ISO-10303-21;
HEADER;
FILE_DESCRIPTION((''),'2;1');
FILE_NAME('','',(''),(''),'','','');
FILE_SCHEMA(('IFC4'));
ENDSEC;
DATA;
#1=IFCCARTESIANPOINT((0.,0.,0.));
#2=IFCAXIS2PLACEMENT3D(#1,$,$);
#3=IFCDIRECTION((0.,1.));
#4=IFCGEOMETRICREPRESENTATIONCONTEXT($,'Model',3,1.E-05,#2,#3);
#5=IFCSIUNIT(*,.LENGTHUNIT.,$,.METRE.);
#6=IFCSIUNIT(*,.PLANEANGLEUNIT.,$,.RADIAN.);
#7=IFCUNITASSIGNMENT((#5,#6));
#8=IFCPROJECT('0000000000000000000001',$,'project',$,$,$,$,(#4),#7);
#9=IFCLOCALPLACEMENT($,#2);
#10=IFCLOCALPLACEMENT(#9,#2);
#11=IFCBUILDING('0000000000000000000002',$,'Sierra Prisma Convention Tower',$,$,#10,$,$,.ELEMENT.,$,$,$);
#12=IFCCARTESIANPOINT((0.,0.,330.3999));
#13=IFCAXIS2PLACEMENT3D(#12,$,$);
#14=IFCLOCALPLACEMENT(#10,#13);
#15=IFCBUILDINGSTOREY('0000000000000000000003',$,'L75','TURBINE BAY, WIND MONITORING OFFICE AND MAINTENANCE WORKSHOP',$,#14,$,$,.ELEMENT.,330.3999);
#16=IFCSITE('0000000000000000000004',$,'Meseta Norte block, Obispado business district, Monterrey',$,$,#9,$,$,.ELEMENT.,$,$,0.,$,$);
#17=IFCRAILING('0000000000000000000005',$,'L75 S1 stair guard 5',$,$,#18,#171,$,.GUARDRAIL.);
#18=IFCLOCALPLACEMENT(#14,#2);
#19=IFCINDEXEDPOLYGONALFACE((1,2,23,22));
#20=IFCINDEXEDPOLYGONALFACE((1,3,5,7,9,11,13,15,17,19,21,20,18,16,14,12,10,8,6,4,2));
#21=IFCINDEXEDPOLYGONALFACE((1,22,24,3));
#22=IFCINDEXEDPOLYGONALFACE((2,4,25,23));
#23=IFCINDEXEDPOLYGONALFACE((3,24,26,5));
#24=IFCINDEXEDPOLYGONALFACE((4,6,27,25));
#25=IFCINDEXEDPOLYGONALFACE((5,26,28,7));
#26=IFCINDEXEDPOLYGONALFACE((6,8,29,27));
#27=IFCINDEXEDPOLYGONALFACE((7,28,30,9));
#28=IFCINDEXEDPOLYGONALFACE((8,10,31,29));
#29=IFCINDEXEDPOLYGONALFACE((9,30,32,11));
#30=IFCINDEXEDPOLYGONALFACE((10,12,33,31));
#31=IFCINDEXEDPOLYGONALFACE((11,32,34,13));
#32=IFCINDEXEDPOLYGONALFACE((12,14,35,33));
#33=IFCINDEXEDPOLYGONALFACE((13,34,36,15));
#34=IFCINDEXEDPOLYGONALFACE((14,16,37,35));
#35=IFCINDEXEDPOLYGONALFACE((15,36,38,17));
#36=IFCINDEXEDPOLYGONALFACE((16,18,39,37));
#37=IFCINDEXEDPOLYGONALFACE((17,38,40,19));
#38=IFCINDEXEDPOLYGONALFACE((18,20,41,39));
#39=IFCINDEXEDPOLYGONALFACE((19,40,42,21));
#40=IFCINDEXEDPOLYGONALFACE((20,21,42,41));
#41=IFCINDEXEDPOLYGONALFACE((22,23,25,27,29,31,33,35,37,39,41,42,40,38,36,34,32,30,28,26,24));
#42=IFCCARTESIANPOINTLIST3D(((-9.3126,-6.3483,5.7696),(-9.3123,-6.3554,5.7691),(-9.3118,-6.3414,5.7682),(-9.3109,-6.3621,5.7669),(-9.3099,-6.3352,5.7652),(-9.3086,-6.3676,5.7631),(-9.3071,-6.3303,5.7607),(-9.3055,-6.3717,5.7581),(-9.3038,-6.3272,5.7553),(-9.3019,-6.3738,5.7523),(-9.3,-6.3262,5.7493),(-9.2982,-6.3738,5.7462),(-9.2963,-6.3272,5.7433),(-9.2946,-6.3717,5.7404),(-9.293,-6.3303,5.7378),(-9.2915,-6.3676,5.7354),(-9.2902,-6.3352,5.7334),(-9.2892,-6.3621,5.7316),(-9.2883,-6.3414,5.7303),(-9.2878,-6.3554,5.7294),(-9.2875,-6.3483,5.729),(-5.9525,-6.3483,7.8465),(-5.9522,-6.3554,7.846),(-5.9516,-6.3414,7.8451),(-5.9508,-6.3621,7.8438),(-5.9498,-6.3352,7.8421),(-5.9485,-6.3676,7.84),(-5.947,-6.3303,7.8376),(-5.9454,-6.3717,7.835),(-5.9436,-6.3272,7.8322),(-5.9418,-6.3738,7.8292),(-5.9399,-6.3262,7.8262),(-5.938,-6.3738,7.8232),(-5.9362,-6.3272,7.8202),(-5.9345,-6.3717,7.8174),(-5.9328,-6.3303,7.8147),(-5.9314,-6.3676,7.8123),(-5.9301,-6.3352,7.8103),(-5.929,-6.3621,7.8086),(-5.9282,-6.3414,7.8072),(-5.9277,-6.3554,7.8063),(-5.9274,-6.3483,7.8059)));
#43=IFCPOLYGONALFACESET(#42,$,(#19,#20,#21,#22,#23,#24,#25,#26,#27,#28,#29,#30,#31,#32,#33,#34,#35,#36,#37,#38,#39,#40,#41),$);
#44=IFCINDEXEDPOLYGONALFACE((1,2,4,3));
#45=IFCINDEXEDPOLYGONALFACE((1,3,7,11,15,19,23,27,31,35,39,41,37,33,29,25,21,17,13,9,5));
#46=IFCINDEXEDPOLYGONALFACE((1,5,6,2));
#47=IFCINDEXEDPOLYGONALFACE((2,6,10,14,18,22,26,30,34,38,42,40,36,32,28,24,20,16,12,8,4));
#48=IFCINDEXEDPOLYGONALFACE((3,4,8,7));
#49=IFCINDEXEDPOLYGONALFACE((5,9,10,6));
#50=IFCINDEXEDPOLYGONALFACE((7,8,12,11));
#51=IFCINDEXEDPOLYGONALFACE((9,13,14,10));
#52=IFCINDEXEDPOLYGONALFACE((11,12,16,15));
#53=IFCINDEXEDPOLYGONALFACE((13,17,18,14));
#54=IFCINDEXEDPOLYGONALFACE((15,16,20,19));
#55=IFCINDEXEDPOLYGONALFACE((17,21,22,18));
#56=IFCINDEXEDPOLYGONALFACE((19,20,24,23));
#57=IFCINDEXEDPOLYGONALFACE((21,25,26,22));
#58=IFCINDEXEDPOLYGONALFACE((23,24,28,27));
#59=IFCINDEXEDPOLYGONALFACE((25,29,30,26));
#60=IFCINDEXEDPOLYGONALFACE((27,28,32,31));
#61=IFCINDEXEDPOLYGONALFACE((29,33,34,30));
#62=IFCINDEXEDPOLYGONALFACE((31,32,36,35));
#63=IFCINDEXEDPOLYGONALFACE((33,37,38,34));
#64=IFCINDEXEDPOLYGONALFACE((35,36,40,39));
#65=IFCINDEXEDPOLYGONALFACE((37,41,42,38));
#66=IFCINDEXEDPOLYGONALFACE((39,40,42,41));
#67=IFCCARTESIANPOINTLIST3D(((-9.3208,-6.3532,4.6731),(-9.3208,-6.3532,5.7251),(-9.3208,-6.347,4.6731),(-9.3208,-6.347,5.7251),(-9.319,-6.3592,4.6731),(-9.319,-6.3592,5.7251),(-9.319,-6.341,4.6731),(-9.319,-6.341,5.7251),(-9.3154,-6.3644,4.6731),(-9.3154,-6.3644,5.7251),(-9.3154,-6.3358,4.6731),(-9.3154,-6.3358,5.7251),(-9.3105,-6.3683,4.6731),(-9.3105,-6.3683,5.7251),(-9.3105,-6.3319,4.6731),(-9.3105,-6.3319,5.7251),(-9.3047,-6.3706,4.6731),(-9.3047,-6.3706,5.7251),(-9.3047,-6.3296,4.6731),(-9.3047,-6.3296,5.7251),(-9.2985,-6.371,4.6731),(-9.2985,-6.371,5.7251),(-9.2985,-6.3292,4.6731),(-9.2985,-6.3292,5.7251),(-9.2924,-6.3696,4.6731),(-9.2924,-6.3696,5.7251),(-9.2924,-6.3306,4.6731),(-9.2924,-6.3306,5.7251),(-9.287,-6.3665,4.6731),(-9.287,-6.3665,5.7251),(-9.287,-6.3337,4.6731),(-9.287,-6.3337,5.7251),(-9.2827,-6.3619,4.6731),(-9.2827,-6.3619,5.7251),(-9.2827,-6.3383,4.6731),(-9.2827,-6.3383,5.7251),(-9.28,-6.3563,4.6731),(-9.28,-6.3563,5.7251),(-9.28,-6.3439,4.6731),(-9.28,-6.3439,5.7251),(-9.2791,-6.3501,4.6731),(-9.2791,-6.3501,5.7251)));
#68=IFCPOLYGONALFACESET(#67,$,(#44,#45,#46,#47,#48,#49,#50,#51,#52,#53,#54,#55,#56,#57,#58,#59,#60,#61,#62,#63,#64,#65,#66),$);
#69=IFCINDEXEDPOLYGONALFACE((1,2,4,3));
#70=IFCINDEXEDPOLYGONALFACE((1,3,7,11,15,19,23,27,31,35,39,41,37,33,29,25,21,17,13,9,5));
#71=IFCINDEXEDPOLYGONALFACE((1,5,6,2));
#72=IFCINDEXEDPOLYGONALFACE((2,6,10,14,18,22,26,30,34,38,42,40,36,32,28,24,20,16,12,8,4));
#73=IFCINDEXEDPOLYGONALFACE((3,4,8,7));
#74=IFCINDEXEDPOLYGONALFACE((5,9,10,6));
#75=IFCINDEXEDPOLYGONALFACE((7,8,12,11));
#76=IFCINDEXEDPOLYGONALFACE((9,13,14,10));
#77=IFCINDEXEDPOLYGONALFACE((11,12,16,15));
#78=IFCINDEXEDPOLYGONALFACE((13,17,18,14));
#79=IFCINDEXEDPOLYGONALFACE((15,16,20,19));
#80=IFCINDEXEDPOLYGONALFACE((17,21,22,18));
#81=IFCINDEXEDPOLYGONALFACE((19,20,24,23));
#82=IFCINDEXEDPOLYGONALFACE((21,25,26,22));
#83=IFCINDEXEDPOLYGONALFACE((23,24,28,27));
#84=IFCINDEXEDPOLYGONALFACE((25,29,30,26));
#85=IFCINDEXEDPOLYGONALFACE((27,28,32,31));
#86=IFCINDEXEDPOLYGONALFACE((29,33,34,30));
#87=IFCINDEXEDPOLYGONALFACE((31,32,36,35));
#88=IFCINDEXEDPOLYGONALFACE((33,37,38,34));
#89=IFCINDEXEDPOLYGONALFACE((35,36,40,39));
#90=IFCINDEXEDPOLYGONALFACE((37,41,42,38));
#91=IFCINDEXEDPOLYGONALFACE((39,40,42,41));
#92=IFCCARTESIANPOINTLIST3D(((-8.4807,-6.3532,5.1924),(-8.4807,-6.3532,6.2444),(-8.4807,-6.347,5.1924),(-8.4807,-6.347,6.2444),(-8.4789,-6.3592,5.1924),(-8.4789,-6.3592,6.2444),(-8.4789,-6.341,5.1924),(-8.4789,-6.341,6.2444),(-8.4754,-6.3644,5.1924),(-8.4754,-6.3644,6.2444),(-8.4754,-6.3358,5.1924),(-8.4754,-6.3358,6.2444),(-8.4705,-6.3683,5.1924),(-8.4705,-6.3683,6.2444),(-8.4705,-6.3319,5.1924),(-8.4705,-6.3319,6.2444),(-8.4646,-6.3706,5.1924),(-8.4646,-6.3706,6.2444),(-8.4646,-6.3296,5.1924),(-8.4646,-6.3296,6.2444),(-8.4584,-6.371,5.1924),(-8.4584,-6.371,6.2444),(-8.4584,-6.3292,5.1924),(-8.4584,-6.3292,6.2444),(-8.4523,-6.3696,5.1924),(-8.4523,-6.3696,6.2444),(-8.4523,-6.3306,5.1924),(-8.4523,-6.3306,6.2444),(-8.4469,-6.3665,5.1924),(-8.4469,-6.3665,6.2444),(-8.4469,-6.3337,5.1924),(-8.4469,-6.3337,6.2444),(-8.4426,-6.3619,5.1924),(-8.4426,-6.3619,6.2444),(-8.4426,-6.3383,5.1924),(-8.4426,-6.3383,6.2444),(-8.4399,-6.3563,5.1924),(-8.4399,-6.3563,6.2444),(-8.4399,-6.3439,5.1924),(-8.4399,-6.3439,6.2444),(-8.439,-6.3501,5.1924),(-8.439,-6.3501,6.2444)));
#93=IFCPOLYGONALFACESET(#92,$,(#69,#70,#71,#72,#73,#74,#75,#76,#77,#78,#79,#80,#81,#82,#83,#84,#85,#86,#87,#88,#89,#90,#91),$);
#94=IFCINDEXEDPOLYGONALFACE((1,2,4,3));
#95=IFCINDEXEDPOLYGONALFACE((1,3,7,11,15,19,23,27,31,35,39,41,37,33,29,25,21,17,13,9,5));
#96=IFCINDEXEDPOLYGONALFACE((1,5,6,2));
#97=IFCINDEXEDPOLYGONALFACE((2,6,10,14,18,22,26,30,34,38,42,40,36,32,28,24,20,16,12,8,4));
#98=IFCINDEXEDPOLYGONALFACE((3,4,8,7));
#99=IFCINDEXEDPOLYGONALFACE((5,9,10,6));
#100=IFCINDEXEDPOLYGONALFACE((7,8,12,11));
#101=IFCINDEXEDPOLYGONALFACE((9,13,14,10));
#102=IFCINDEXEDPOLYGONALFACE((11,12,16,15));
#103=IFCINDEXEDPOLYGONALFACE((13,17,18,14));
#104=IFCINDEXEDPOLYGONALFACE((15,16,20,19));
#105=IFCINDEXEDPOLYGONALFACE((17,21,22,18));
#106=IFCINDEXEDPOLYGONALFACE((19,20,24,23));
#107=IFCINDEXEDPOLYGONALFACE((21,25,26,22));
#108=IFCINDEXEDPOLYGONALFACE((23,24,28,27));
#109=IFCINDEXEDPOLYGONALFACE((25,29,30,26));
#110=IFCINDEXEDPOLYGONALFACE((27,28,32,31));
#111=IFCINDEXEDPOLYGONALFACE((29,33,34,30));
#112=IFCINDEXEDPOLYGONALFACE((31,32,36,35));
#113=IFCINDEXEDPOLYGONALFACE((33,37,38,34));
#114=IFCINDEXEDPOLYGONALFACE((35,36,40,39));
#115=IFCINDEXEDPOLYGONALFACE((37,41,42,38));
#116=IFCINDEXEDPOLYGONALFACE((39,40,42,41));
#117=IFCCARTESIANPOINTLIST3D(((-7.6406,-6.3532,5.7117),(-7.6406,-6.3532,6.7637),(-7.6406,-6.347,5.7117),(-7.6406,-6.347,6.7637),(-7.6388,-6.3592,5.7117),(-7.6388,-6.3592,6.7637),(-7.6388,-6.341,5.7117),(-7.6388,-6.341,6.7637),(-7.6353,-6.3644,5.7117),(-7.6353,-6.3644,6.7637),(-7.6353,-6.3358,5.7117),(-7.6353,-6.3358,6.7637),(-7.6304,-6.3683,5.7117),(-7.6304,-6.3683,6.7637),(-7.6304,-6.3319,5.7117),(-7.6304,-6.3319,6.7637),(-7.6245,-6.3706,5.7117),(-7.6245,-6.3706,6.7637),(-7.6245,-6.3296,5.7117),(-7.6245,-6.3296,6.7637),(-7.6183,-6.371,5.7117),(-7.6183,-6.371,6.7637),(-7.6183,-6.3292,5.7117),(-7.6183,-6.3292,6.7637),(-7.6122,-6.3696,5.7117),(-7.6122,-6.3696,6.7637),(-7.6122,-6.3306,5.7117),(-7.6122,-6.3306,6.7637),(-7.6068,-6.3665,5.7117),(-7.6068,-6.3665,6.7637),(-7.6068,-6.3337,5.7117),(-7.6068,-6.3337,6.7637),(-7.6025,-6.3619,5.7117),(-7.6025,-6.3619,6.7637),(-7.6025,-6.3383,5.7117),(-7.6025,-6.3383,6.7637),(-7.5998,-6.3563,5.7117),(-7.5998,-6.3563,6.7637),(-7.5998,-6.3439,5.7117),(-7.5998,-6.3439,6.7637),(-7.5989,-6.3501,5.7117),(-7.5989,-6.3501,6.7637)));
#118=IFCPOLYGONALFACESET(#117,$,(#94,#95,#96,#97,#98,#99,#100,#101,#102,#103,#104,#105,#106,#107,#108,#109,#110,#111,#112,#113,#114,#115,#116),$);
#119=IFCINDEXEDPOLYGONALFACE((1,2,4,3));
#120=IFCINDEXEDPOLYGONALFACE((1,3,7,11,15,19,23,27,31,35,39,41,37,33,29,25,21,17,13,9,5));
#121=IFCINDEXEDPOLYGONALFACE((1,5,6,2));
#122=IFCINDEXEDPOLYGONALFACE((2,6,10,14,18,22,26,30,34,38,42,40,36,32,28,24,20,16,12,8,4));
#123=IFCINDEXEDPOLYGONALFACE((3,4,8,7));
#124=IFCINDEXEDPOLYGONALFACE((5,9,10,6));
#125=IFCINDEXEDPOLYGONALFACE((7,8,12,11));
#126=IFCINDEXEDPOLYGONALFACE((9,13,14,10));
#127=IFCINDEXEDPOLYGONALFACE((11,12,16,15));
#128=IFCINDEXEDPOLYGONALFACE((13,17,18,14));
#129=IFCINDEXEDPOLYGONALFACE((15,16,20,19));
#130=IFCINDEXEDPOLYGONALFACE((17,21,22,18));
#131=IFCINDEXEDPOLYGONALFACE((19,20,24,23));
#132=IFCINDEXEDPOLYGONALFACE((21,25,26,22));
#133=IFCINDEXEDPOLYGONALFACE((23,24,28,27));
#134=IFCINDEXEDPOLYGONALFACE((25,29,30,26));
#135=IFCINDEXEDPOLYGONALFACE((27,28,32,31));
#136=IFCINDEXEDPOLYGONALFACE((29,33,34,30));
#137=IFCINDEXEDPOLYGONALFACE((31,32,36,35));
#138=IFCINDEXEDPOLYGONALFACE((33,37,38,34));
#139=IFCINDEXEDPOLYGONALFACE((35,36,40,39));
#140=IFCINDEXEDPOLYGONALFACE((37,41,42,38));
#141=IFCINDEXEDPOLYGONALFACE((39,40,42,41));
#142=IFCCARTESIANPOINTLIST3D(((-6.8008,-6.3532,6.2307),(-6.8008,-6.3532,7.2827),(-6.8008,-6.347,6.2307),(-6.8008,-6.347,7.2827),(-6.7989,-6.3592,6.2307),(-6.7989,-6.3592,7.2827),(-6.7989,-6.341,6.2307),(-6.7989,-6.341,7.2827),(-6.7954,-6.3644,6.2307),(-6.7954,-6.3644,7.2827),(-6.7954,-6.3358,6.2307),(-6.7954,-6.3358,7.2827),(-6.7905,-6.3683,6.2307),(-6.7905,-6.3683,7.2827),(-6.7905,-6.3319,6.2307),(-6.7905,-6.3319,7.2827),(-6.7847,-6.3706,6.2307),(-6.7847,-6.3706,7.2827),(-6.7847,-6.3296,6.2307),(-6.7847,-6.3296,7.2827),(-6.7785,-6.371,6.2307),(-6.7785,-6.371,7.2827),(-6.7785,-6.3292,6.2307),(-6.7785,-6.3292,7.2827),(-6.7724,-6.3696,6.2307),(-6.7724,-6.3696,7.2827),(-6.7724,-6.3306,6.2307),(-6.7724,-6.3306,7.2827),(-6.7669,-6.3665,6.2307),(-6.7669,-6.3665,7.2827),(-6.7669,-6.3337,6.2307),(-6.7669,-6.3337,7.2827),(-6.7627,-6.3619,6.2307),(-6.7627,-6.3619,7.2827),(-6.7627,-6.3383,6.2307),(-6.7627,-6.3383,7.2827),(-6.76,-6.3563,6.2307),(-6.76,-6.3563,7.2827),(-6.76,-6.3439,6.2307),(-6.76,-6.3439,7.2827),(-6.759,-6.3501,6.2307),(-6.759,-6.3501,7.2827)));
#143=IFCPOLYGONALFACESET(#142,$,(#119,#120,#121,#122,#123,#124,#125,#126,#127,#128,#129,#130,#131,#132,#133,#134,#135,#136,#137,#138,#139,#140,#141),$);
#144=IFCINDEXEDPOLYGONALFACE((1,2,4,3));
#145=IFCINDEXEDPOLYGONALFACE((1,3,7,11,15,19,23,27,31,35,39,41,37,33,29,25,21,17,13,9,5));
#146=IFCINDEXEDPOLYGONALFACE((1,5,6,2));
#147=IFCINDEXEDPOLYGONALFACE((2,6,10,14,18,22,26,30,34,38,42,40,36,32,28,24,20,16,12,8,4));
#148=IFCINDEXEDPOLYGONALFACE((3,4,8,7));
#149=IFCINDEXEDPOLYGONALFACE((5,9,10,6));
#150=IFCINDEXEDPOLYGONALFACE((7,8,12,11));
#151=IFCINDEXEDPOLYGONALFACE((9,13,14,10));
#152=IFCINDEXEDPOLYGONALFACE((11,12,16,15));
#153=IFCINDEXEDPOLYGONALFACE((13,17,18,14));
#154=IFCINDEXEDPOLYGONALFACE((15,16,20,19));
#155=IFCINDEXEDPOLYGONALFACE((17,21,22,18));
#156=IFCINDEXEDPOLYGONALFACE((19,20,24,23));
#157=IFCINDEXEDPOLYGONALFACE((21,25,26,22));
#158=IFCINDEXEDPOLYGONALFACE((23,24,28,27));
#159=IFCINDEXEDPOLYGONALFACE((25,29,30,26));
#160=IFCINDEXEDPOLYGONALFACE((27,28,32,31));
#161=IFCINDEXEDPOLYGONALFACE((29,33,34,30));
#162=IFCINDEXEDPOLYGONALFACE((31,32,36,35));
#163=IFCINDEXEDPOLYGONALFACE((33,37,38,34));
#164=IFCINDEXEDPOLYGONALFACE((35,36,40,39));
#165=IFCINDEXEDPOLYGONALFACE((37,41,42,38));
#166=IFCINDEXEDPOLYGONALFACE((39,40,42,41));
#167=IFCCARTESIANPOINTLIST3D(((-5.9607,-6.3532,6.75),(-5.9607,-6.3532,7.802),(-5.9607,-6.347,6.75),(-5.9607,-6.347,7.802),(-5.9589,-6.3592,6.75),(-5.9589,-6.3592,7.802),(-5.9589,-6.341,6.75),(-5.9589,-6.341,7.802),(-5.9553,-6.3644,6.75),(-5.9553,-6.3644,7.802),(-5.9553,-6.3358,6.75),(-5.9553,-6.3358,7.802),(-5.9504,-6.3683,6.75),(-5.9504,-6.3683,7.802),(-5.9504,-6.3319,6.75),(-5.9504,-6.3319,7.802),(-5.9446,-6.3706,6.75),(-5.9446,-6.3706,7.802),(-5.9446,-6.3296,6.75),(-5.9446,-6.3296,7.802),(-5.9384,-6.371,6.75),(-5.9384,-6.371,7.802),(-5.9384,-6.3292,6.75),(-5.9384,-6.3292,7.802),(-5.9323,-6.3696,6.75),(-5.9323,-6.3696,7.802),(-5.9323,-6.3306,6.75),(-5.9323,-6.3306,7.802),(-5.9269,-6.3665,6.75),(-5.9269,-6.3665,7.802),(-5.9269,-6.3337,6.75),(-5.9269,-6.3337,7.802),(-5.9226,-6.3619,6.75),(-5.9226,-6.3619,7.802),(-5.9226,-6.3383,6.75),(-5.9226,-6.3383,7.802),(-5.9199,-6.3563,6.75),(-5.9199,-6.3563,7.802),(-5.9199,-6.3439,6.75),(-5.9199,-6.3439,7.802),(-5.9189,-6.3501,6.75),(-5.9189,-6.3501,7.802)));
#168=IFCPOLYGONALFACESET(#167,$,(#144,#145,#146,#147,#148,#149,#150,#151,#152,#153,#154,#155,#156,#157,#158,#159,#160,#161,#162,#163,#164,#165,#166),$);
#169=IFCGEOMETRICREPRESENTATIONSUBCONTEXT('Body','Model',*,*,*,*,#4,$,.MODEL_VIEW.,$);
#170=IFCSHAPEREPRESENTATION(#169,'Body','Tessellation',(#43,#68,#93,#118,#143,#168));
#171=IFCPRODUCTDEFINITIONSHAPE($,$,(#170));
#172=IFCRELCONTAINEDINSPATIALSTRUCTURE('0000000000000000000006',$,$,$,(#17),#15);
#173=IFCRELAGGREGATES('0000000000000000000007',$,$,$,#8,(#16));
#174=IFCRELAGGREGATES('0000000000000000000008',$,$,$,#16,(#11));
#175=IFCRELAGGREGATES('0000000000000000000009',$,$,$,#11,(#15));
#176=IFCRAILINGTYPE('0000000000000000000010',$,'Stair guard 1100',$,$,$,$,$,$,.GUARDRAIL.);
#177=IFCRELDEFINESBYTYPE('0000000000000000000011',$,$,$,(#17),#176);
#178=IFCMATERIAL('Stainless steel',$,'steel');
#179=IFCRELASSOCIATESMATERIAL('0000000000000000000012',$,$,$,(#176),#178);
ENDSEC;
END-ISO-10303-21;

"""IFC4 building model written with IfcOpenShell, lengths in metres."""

from ifc_helpers import new_model, si_unit, direction, frame, origin, origin_2d, place, context, subcontext, project, spatial, circle, extrude, material, type_object, element, save


model = new_model("IFC4")

# Units and contexts
model_context = context("Model", 3, precision=1e-05, world=origin(), true_north=direction((0.0, 1.0)))
body_context = subcontext(model_context, "Body", "Model", "MODEL_VIEW")
ifc_project = project(units=[si_unit("LENGTHUNIT", "METRE"), si_unit("PLANEANGLEUNIT", "RADIAN")], contexts=[model_context])

# Site, building, storey
site_placement = place(None, origin())
site = spatial("IfcSite", under=ifc_project, at=site_placement, Name="Meseta Norte block, Obispado business district, Monterrey", CompositionType="ELEMENT", RefElevation=0.0)
building_placement = place(site_placement, origin())
building = spatial("IfcBuilding", under=site, at=building_placement, Name="Sierra Prisma Convention Tower", CompositionType="ELEMENT")
storey_placement = place(building_placement, frame((0.0, 0.0, 330.3999)))
storey = spatial("IfcBuildingStorey", under=building, at=storey_placement, Name="L75", Description="TURBINE BAY, WIND MONITORING OFFICE AND MAINTENANCE WORKSHOP", CompositionType="ELEMENT", Elevation=330.3999)

# Railing
ifc_material_1 = material(Name="Stainless steel", Category="steel")
railing_type_1 = type_object("IfcRailingType", Name="Stair guard 1100", PredefinedType="GUARDRAIL", material=ifc_material_1)
railing_1_placement = place(storey_placement, frame((-9.3, -6.3501, 4.6731)))
element("IfcRailing", 1, at=railing_1_placement, inside=storey, type_object=railing_type_1, Name="L75 S1 stair guard 5", PredefinedType="GUARDRAIL", context=body_context, shape_type="SweptSolid", body=[
    extrude(circle(Radius=0.0239, at=origin_2d()), frame((0.0, 0.0, 1.0762), z_axis=(0.850623, 0.0, 0.525776), x_axis=(0.0, 1.0, 0.0)), (0.0, 0.0, 1.0), 3.9502),
    extrude(circle(Radius=0.021, at=origin_2d()), origin(), (0.0, 0.0, 1.0), 1.052),
    extrude(circle(Radius=0.021, at=origin_2d()), frame((0.8401, 0.0, 0.5193)), (0.0, 0.0, 1.0), 1.052),
    extrude(circle(Radius=0.021, at=origin_2d()), frame((1.6802, 0.0, 1.0386)), (0.0, 0.0, 1.0), 1.052),
    extrude(circle(Radius=0.021, at=origin_2d()), frame((2.52, 0.0, 1.5576)), (0.0, 0.0, 1.0), 1.052),
    extrude(circle(Radius=0.021, at=origin_2d()), frame((3.3601, 0.0, 2.0769)), (0.0, 0.0, 1.0), 1.052),
])

save(model, "model.ifc")
